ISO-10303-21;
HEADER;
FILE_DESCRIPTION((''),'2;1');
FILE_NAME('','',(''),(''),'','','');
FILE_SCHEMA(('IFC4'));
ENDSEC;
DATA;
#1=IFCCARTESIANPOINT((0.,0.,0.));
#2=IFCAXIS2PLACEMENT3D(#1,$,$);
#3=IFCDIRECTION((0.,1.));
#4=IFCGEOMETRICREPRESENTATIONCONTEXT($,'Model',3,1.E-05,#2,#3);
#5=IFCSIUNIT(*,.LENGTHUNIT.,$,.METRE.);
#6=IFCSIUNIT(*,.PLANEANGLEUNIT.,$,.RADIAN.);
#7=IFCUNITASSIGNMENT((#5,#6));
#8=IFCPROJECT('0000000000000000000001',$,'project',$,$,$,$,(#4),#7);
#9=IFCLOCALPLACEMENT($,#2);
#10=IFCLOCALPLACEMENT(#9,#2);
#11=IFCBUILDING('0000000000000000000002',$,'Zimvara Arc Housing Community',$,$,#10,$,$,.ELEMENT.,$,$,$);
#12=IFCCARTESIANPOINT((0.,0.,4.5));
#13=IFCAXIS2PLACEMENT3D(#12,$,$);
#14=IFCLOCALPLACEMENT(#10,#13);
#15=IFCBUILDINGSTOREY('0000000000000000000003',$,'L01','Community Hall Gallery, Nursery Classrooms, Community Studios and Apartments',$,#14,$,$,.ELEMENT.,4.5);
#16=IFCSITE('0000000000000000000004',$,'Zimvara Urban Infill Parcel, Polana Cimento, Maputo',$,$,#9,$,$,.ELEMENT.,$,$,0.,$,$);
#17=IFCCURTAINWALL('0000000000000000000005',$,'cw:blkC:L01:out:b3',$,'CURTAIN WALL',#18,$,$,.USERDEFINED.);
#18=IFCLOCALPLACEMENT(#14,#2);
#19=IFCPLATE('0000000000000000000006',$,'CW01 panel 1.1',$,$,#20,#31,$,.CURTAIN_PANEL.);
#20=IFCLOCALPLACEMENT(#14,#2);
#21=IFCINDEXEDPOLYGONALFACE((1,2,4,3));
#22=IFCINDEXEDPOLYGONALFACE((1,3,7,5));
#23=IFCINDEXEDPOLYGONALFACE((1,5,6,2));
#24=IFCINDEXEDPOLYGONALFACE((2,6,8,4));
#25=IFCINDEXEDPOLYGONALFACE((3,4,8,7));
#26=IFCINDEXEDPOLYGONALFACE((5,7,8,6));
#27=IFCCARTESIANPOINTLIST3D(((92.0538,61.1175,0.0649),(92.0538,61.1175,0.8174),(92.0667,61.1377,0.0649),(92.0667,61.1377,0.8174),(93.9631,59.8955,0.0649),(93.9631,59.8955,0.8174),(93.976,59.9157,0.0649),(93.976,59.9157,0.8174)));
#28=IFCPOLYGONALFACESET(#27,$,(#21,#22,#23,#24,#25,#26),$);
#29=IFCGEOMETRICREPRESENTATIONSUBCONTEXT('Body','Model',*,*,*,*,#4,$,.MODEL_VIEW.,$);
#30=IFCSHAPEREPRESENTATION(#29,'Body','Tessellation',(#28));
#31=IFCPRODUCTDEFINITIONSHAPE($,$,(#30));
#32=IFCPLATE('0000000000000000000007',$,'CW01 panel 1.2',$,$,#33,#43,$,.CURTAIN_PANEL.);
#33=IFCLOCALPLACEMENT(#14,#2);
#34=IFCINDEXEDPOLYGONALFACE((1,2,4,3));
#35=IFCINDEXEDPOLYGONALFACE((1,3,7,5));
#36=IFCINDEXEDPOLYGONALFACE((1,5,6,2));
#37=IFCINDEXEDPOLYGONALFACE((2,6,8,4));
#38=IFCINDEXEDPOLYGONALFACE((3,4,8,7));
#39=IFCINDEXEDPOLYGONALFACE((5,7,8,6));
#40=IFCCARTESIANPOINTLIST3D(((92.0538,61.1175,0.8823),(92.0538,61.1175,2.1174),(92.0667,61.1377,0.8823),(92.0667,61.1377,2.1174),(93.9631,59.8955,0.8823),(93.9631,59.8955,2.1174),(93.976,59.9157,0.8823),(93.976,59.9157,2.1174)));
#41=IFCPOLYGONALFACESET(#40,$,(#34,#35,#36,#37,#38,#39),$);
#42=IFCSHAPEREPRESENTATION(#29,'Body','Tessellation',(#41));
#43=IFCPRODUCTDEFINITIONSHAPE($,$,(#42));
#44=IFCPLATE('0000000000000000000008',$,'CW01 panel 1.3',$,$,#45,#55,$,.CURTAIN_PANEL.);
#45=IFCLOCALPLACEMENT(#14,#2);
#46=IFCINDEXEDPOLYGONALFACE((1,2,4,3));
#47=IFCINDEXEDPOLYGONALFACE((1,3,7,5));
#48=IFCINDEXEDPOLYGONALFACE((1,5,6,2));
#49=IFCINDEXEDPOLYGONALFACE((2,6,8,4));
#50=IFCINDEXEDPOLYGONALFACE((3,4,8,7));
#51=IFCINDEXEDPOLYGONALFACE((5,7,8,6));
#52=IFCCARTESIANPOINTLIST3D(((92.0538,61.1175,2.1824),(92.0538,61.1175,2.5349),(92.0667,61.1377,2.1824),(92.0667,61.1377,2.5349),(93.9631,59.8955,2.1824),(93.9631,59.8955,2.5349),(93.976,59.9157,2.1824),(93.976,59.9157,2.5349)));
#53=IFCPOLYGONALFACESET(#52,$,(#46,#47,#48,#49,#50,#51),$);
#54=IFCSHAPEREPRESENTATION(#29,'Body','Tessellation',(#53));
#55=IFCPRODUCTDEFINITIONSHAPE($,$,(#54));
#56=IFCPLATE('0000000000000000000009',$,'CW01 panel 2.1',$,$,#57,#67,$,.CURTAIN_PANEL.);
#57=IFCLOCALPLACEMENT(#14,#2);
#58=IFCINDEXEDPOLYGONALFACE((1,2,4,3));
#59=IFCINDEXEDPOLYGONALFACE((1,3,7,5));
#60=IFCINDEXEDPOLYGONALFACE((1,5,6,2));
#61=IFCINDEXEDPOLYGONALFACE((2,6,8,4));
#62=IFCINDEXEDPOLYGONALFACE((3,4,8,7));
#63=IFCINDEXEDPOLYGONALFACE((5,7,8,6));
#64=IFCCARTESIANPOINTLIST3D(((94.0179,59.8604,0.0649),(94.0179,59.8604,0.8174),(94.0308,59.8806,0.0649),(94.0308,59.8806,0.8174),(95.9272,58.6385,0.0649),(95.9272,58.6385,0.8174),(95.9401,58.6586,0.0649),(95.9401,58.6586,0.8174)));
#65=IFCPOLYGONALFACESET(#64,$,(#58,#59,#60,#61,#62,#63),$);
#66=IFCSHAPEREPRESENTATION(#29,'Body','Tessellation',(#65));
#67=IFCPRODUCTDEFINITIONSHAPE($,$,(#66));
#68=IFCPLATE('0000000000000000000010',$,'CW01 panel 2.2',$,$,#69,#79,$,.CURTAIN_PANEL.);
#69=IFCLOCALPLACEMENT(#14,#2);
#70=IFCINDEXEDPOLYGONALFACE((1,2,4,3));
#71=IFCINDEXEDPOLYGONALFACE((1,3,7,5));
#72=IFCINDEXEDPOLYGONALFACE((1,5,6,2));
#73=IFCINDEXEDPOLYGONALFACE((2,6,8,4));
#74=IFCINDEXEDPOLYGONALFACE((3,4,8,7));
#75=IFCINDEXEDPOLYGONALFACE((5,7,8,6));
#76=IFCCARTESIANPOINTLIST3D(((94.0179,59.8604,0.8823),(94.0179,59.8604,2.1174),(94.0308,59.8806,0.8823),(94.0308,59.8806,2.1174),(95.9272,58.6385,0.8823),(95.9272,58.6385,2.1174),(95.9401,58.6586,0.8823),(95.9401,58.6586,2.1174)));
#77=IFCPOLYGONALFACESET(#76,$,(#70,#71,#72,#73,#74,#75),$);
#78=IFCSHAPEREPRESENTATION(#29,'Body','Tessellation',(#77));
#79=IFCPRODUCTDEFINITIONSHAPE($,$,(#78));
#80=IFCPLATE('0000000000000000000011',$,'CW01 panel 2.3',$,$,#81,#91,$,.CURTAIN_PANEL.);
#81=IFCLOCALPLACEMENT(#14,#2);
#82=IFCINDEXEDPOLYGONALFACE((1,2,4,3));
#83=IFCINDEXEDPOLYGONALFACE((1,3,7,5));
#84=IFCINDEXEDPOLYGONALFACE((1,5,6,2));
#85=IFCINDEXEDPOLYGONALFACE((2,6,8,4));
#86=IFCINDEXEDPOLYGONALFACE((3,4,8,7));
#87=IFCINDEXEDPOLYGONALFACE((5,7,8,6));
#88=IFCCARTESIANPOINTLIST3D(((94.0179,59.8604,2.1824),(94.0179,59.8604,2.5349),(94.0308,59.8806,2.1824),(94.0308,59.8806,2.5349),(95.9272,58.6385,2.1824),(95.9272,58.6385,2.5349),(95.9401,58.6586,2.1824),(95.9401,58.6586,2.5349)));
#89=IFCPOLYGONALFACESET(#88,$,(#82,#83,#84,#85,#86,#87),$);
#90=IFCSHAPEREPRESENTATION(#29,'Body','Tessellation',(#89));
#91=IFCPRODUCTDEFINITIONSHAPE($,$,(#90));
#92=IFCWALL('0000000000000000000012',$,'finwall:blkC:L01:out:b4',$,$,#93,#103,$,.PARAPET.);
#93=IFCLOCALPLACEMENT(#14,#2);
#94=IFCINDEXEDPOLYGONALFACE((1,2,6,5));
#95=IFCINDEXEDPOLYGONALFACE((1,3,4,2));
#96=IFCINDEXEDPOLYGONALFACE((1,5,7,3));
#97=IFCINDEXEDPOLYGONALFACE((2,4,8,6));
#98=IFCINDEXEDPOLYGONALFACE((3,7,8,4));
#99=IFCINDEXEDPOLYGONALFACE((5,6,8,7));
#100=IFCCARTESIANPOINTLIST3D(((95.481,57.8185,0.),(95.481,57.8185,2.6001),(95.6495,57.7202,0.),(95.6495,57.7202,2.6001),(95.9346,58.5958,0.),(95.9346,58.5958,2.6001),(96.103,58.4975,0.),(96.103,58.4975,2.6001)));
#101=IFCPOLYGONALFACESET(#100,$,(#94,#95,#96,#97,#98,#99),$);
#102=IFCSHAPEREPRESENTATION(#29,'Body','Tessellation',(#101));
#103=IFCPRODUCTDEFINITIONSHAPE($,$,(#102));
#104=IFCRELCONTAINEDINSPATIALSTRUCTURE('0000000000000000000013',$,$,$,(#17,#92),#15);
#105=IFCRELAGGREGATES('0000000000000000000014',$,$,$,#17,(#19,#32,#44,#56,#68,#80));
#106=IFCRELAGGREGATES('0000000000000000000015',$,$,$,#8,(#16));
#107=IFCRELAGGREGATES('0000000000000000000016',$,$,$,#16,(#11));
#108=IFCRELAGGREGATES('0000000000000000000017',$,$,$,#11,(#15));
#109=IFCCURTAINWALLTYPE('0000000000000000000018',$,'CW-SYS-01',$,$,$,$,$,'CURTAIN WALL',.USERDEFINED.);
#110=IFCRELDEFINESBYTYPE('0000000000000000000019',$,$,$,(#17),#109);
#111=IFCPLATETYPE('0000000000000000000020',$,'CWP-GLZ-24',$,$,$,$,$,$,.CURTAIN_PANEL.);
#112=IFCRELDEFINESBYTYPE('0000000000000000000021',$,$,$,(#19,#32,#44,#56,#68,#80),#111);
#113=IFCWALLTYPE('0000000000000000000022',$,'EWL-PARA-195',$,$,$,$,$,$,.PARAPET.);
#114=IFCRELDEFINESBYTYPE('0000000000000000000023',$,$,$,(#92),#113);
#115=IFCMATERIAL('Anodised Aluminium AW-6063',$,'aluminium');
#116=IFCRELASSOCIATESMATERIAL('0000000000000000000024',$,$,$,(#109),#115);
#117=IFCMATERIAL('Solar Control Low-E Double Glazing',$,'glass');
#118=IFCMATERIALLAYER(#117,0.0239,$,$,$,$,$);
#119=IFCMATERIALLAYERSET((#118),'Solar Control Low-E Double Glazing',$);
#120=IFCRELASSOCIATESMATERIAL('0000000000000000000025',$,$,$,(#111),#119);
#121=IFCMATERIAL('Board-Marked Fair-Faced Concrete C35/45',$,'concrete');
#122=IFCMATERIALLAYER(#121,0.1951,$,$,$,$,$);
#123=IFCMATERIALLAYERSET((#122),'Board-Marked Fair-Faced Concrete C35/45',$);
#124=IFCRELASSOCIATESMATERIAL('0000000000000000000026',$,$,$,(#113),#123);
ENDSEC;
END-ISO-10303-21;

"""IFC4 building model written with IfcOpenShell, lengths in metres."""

from ifc_helpers import new_model, si_unit, direction, frame, frame_2d, origin, origin_2d, place, context, subcontext, project, spatial, rectangle, extrude, material, layer, layer_set, type_object, element, aggregate, save


model = new_model("IFC4")

# Units and contexts
model_context = context("Model", 3, precision=1e-05, world=origin(), true_north=direction((0.0, 1.0)))
body_context = subcontext(model_context, "Body", "Model", "MODEL_VIEW")
ifc_project = project(units=[si_unit("LENGTHUNIT", "METRE"), si_unit("PLANEANGLEUNIT", "RADIAN")], contexts=[model_context])

# Site, building, storey
site_placement = place(None, origin())
site = spatial("IfcSite", under=ifc_project, at=site_placement, Name="Zimvara Urban Infill Parcel, Polana Cimento, Maputo", CompositionType="ELEMENT", RefElevation=0.0)
building_placement = place(site_placement, origin())
building = spatial("IfcBuilding", under=site, at=building_placement, Name="Zimvara Arc Housing Community", CompositionType="ELEMENT")
storey_placement = place(building_placement, frame((0.0, 0.0, 4.5)))
storey = spatial("IfcBuildingStorey", under=building, at=storey_placement, Name="L01", Description="Community Hall Gallery, Nursery Classrooms, Community Studios and Apartments", CompositionType="ELEMENT", Elevation=4.5)

# Curtain wall
ifc_material_1 = material(Name="Anodised Aluminium AW-6063", Category="aluminium")
curtain_wall_type_1 = type_object("IfcCurtainWallType", Name="CW-SYS-01", ElementType="CURTAIN WALL", PredefinedType="USERDEFINED", material=ifc_material_1)
curtain_wall_1_placement = place(storey_placement, origin())
curtain_wall_1 = element("IfcCurtainWall", 1, at=curtain_wall_1_placement, inside=storey, type_object=curtain_wall_type_1, Name="cw:blkC:L01:out:b3", ObjectType="CURTAIN WALL", PredefinedType="USERDEFINED")

# Plates
ifc_material_2 = material(Name="Solar Control Low-E Double Glazing", Category="glass")
ifc_layer_1 = layer(ifc_material_2, 0.0239)
ifc_layer_set_1 = layer_set([ifc_layer_1], Name="Solar Control Low-E Double Glazing")
plate_type = type_object("IfcPlateType", Name="CWP-GLZ-24", PredefinedType="CURTAIN_PANEL", material=ifc_layer_set_1)
plate_1_placement = place(storey_placement, frame((93.0149, 60.5166, 0.0649), z_axis=(0.0, 0.0, 1.0), x_axis=(0.842264, -0.539065, 0.0)))
plate_1 = element("IfcPlate", 2, at=plate_1_placement, type_object=plate_type, Name="CW01 panel 1.1", PredefinedType="CURTAIN_PANEL", context=body_context, shape_type="SweptSolid", body=[
    extrude(rectangle(XDim=2.2668, YDim=0.0239, at=origin_2d()), origin(), (0.0, 0.0, 1.0), 0.7524),
])
plate_2_placement = place(storey_placement, frame((93.0149, 60.5166, 0.8823), z_axis=(0.0, 0.0, 1.0), x_axis=(0.842264, -0.539065, 0.0)))
plate_2 = element("IfcPlate", 3, at=plate_2_placement, type_object=plate_type, Name="CW01 panel 1.2", PredefinedType="CURTAIN_PANEL", context=body_context, shape_type="SweptSolid", body=[
    extrude(rectangle(XDim=2.2668, YDim=0.0239, at=origin_2d()), origin(), (0.0, 0.0, 1.0), 1.2351),
])
plate_3_placement = place(storey_placement, frame((93.0149, 60.5166, 2.1824), z_axis=(0.0, 0.0, 1.0), x_axis=(0.842264, -0.539065, 0.0)))
plate_3 = element("IfcPlate", 4, at=plate_3_placement, type_object=plate_type, Name="CW01 panel 1.3", PredefinedType="CURTAIN_PANEL", context=body_context, shape_type="SweptSolid", body=[
    extrude(rectangle(XDim=2.2668, YDim=0.0239, at=origin_2d()), origin(), (0.0, 0.0, 1.0), 0.3525),
])
plate_4_placement = place(storey_placement, frame((94.979, 59.2595, 0.0649), z_axis=(0.0, 0.0, 1.0), x_axis=(0.842264, -0.539065, 0.0)))
plate_4 = element("IfcPlate", 5, at=plate_4_placement, type_object=plate_type, Name="CW01 panel 2.1", PredefinedType="CURTAIN_PANEL", context=body_context, shape_type="SweptSolid", body=[
    extrude(rectangle(XDim=2.2668, YDim=0.0239, at=origin_2d()), origin(), (0.0, 0.0, 1.0), 0.7524),
])
plate_5_placement = place(storey_placement, frame((94.979, 59.2595, 0.8823), z_axis=(0.0, 0.0, 1.0), x_axis=(0.842264, -0.539065, 0.0)))
plate_5 = element("IfcPlate", 6, at=plate_5_placement, type_object=plate_type, Name="CW01 panel 2.2", PredefinedType="CURTAIN_PANEL", context=body_context, shape_type="SweptSolid", body=[
    extrude(rectangle(XDim=2.2668, YDim=0.0239, at=origin_2d()), origin(), (0.0, 0.0, 1.0), 1.2351),
])
plate_6_placement = place(storey_placement, frame((94.979, 59.2595, 2.1824), z_axis=(0.0, 0.0, 1.0), x_axis=(0.842264, -0.539065, 0.0)))
plate_6 = element("IfcPlate", 7, at=plate_6_placement, type_object=plate_type, Name="CW01 panel 2.3", PredefinedType="CURTAIN_PANEL", context=body_context, shape_type="SweptSolid", body=[
    extrude(rectangle(XDim=2.2668, YDim=0.0239, at=origin_2d()), origin(), (0.0, 0.0, 1.0), 0.3525),
])
aggregate(curtain_wall_1, [plate_1, plate_2, plate_3, plate_4, plate_5, plate_6])

# Wall
ifc_material_3 = material(Name="Board-Marked Fair-Faced Concrete C35/45", Category="concrete")
ifc_layer_2 = layer(ifc_material_3, 0.1951)
ifc_layer_set_2 = layer_set([ifc_layer_2], Name="Board-Marked Fair-Faced Concrete C35/45")
wall_type = type_object("IfcWallType", Name="EWL-PARA-195", PredefinedType="PARAPET", material=ifc_layer_set_2)
wall_placement = place(storey_placement, frame((96.0188, 58.5466, 0.0), z_axis=(0.0, 0.0, 1.0), x_axis=(-0.504006, -0.8637, 0.0)))
element("IfcWall", 8, at=wall_placement, inside=storey, type_object=wall_type, Name="finwall:blkC:L01:out:b4", PredefinedType="PARAPET", context=body_context, shape_type="SweptSolid", body=[
    extrude(rectangle(XDim=0.8999, YDim=0.1951, at=frame_2d((0.45, 0.0))), origin(), (0.0, 0.0, 1.0), 2.6001),
])

save(model, "model.ifc")
